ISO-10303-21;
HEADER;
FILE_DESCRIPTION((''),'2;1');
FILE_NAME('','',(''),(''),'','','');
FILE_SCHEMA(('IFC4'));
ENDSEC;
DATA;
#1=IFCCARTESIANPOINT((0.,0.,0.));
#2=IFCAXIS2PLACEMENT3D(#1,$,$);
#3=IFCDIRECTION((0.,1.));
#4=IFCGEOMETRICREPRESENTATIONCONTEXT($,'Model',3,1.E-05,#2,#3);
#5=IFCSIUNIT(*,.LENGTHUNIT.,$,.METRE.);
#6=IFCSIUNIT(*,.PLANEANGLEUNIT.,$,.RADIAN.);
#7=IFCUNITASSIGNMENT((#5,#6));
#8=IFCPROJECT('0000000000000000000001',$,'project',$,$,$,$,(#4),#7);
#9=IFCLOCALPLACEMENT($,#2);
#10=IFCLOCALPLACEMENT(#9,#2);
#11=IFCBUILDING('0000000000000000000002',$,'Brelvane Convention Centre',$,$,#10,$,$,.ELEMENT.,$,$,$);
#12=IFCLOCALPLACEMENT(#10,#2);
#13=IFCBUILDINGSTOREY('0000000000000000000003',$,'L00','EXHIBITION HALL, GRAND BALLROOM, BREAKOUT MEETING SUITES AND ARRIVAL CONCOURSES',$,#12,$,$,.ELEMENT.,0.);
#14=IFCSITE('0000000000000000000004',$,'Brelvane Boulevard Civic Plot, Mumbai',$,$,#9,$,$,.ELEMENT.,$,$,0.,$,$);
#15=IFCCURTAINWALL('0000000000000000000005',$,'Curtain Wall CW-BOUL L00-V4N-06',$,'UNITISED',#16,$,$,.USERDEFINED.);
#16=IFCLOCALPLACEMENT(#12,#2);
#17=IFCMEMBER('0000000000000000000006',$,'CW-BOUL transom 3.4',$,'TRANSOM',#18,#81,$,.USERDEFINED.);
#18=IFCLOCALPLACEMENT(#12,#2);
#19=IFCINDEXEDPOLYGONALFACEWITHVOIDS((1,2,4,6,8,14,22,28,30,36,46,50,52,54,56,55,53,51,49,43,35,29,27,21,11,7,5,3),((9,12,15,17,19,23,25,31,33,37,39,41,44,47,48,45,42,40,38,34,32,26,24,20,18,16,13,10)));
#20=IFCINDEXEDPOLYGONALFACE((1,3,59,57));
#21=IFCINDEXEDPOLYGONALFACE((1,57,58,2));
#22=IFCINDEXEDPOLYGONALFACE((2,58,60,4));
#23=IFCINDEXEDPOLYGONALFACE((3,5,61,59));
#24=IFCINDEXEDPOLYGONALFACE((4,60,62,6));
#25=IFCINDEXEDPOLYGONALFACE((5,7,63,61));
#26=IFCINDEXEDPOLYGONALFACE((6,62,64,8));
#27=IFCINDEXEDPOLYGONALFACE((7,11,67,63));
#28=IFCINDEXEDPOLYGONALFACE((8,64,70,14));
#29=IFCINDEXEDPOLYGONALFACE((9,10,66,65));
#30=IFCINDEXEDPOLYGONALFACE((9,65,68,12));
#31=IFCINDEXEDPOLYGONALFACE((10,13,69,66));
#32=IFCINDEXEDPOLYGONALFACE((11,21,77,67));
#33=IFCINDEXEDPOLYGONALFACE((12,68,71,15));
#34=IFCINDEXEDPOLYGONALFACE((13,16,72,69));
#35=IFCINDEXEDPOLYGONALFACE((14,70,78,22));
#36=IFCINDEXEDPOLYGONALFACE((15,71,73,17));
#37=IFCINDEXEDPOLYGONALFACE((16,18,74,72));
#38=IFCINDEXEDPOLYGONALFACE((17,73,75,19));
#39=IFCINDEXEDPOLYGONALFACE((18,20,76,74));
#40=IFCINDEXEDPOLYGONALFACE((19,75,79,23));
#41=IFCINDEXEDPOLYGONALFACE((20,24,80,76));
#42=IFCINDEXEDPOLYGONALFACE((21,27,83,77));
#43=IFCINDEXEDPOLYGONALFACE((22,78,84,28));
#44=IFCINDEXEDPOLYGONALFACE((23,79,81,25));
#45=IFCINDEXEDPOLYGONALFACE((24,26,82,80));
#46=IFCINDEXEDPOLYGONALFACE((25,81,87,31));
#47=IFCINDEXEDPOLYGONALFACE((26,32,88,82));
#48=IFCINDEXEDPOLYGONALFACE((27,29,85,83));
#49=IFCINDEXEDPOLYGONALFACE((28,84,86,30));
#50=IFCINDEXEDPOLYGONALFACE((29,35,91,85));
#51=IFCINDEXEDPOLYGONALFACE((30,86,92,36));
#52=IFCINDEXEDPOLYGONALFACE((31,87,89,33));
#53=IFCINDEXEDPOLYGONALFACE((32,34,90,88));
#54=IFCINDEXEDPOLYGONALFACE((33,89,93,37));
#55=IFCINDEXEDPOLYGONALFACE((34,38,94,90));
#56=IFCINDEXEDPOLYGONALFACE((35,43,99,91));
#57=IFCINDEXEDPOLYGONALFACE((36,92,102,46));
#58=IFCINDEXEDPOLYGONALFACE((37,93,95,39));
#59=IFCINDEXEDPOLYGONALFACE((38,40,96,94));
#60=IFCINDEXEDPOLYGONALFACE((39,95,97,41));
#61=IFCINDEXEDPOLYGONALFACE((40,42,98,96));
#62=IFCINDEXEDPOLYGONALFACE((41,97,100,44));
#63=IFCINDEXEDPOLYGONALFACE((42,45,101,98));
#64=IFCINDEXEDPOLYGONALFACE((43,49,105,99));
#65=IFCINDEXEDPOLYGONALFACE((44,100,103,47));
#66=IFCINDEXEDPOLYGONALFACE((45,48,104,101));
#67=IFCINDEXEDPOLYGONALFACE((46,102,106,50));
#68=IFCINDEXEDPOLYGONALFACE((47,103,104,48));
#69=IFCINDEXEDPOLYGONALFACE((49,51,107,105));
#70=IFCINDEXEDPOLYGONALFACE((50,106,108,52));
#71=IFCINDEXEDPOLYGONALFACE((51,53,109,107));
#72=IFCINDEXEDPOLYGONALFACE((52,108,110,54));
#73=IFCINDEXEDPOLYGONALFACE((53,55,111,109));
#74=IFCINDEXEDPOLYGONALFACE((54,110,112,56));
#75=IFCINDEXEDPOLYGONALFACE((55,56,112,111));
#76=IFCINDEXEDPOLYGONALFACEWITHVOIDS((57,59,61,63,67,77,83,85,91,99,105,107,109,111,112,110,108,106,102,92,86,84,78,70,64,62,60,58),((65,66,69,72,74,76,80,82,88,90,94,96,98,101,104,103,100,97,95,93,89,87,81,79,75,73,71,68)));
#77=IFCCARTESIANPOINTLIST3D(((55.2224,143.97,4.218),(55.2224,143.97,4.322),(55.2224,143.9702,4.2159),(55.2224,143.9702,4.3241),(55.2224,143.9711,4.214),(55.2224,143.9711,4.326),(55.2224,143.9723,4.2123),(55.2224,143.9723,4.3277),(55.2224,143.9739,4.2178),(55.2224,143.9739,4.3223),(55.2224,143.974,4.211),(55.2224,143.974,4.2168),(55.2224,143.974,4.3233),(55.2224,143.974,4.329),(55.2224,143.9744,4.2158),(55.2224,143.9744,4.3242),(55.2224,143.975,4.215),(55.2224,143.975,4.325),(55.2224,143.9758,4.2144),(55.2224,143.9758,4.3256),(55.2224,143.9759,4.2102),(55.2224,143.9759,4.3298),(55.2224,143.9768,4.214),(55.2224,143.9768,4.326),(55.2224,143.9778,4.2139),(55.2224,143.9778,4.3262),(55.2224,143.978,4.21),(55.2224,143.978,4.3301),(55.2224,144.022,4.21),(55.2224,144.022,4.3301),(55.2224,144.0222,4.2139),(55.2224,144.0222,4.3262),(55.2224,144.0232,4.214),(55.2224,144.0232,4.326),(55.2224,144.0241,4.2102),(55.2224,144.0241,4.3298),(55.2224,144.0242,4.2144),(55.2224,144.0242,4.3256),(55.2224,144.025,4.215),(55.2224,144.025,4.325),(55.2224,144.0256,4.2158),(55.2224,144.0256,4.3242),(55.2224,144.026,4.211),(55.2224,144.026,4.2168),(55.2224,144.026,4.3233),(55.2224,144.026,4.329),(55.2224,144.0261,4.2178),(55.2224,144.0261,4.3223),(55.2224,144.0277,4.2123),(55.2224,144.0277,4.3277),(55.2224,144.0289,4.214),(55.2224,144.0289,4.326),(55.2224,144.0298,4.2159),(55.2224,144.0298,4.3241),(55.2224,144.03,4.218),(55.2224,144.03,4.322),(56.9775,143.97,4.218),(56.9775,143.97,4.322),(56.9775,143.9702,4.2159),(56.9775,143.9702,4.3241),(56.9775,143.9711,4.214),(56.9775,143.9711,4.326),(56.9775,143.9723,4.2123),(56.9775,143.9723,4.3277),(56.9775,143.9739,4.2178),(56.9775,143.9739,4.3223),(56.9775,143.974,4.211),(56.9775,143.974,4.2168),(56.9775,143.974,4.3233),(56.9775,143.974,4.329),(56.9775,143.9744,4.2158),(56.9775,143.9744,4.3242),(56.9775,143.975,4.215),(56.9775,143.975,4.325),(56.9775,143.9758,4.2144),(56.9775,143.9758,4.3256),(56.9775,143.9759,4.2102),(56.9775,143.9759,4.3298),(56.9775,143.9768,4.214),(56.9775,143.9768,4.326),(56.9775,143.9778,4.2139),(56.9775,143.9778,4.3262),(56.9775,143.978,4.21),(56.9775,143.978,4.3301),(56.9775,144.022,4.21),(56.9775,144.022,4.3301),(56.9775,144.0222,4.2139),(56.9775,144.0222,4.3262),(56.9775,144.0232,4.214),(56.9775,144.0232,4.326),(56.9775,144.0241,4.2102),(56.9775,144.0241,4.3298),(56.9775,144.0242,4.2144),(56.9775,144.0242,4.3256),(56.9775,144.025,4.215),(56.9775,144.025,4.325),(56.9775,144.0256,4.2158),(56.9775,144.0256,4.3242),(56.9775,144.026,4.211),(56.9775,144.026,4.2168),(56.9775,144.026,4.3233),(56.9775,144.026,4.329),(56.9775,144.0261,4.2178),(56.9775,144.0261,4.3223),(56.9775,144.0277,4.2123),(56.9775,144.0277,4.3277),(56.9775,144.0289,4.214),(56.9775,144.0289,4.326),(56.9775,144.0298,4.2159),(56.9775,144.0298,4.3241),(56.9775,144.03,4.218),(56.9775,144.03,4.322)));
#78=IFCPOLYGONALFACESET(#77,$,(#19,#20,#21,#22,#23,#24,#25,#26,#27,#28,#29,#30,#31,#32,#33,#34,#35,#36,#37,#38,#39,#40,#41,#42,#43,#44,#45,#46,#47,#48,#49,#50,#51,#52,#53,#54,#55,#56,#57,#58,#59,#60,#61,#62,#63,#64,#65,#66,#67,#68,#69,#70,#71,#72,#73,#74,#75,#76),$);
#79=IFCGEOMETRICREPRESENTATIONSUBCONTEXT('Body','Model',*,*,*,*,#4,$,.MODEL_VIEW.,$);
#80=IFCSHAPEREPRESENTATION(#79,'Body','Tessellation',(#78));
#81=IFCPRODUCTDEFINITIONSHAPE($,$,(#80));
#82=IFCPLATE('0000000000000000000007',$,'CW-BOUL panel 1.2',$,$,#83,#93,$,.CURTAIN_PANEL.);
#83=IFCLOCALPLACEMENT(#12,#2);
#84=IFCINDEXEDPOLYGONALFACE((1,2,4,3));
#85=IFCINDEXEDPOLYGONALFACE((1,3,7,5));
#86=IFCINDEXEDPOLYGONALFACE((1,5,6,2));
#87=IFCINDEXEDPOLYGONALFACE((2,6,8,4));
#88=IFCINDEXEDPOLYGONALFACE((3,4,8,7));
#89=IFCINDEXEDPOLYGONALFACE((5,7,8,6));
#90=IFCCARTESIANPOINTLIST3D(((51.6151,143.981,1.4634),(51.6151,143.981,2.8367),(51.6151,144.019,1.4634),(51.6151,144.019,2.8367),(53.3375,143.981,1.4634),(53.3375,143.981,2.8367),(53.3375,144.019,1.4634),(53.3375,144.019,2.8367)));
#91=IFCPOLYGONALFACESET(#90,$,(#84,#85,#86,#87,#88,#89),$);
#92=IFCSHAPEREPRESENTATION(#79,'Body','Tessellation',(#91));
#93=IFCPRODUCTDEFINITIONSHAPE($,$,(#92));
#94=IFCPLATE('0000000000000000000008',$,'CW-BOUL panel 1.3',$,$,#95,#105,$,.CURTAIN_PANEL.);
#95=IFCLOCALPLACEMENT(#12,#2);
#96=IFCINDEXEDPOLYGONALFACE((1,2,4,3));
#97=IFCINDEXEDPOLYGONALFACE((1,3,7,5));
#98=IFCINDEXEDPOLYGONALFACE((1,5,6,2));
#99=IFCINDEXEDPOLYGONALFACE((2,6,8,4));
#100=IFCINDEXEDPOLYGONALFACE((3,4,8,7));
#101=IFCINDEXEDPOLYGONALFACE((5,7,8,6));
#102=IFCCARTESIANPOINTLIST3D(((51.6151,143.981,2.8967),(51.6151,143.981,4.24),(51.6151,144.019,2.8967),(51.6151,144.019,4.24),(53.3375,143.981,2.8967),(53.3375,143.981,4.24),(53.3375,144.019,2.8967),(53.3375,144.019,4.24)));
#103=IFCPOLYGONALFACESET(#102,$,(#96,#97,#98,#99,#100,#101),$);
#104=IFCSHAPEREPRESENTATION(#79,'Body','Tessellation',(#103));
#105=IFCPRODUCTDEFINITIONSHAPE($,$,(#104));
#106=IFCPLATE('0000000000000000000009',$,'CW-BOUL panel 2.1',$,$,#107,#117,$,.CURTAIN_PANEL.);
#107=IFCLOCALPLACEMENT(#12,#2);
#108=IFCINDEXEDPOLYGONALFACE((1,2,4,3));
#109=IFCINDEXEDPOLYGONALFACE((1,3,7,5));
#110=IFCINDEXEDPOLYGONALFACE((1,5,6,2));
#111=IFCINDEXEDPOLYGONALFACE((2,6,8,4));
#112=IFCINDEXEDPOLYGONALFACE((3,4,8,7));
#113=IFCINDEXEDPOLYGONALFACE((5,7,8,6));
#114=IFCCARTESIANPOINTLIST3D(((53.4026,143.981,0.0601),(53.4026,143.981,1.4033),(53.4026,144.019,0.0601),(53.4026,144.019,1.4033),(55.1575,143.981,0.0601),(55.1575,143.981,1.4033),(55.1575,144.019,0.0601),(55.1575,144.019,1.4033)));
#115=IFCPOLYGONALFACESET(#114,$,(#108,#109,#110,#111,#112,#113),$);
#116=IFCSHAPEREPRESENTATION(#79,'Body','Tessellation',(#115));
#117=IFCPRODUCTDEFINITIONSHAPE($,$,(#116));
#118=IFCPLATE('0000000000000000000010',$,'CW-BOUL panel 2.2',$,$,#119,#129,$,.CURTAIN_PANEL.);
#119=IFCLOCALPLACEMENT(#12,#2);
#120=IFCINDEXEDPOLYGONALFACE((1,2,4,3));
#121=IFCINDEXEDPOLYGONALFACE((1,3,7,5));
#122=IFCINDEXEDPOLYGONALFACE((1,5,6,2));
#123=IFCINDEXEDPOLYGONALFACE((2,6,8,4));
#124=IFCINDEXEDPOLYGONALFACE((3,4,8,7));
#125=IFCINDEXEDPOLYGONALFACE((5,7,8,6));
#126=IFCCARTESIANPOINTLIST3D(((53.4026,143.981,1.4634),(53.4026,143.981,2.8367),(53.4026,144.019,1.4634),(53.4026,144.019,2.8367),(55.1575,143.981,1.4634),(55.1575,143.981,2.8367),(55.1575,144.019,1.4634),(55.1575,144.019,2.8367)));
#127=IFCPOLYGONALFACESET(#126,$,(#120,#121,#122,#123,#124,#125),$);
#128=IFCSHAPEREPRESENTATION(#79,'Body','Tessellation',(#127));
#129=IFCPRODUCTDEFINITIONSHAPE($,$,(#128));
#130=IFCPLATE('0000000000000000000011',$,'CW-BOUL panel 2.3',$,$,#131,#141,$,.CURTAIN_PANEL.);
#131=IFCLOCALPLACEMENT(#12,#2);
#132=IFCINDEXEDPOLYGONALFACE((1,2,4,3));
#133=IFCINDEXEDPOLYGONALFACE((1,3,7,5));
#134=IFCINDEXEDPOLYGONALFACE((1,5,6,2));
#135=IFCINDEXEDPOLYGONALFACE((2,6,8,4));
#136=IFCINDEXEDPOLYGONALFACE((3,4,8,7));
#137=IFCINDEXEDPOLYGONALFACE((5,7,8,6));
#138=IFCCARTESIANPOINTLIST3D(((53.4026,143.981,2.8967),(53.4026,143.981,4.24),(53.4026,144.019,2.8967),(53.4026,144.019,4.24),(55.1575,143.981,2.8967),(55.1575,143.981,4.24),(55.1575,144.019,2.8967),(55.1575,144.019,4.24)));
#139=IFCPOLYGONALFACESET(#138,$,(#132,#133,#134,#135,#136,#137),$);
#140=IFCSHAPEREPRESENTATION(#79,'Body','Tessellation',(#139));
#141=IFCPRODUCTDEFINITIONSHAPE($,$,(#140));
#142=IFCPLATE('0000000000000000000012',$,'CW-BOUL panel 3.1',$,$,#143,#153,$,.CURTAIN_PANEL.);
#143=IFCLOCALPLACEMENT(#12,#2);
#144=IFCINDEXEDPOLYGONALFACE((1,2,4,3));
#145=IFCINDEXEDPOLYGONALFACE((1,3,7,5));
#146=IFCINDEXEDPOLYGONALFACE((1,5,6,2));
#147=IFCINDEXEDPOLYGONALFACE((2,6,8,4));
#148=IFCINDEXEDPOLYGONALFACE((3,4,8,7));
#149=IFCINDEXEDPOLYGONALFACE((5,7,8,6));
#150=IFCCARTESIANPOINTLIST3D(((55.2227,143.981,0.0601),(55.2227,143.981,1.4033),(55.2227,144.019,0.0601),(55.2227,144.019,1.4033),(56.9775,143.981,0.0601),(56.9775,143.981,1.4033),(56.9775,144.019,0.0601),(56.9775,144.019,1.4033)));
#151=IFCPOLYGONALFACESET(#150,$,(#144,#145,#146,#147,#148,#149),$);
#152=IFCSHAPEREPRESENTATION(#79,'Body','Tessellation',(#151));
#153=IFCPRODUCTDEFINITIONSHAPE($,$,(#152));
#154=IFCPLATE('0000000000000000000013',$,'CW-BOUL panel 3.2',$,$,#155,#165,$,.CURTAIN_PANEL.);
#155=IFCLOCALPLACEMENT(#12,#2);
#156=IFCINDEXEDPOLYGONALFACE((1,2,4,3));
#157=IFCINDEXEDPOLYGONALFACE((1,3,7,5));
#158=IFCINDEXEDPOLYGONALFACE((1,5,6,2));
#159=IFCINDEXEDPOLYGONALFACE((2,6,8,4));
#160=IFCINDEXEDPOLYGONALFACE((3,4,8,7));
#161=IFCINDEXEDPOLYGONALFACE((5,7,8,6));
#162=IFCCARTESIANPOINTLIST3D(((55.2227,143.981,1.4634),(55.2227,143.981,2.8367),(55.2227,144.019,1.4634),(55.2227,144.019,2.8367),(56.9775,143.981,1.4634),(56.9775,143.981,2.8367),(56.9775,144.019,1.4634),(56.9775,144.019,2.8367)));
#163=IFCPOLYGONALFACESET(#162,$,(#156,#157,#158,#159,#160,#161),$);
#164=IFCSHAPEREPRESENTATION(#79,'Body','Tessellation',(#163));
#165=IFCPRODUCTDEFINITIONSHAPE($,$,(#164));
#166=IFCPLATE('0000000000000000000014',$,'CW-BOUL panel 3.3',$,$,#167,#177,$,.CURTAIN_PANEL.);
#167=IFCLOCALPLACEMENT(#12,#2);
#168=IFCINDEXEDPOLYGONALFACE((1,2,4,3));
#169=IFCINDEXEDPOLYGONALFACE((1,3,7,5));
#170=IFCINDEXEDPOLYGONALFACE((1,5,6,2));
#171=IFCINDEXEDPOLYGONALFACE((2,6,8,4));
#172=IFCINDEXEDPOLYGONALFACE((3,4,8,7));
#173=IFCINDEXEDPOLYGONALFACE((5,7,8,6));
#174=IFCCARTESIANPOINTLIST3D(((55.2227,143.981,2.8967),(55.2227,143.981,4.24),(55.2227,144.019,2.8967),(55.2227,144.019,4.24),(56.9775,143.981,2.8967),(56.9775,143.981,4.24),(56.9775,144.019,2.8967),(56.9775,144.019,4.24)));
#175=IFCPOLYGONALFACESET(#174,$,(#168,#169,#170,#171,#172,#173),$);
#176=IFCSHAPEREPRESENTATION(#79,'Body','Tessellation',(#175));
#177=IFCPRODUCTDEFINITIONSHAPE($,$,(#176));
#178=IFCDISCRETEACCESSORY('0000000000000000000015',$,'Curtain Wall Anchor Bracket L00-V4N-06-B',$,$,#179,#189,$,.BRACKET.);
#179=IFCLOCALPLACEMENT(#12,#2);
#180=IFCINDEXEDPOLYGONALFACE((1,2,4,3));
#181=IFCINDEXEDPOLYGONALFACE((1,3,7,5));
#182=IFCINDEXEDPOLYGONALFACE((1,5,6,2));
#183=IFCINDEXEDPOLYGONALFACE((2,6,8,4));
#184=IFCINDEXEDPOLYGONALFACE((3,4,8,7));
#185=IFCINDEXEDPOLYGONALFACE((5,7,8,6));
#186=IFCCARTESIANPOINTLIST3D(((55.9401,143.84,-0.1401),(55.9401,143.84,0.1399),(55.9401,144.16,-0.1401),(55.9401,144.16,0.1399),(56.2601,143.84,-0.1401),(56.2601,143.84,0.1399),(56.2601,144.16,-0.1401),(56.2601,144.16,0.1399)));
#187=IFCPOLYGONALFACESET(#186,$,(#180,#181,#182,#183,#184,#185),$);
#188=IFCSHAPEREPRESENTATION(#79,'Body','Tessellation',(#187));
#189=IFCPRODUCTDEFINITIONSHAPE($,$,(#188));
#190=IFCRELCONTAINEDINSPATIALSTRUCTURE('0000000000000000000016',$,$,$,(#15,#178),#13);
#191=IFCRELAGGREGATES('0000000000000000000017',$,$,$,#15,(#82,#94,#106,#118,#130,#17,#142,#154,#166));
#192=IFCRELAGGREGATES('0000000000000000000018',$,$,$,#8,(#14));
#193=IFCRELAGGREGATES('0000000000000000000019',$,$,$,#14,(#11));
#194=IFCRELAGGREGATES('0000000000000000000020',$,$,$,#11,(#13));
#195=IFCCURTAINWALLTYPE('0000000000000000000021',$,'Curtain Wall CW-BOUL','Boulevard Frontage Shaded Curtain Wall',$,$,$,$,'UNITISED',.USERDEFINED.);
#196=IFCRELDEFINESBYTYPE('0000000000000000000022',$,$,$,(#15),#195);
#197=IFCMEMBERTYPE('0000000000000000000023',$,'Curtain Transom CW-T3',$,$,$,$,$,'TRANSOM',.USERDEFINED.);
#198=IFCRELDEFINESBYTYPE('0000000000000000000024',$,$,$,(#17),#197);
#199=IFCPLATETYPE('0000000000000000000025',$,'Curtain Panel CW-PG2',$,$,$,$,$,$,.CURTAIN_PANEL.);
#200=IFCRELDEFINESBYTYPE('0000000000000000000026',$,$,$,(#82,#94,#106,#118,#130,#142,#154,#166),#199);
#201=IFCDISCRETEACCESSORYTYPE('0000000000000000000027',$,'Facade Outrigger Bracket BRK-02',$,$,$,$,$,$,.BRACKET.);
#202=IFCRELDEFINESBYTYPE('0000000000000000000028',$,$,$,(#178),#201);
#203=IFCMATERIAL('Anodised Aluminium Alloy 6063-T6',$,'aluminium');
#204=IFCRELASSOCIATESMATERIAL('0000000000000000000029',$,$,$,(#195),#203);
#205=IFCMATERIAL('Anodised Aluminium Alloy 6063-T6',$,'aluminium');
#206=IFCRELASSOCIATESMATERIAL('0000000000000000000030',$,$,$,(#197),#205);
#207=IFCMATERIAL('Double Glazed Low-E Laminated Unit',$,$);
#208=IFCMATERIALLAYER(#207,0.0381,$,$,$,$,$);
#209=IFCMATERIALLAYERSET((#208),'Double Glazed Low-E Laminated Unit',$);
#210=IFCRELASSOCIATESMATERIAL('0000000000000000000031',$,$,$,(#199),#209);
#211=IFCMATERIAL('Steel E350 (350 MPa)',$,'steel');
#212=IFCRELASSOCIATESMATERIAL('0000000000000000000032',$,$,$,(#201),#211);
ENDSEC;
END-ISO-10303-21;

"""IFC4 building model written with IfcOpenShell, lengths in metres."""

from ifc_helpers import new_model, si_unit, direction, frame, origin, origin_2d, place, context, subcontext, project, spatial, rectangle, hollow_rectangle, extrude, material, layer, layer_set, material_profile, profile_set, type_object, element, aggregate, save


model = new_model("IFC4")

# Units and contexts
model_context = context("Model", 3, precision=1e-05, world=origin(), true_north=direction((0.0, 1.0)))
body_context = subcontext(model_context, "Body", "Model", "MODEL_VIEW")
ifc_project = project(units=[si_unit("LENGTHUNIT", "METRE"), si_unit("PLANEANGLEUNIT", "RADIAN")], contexts=[model_context])

# Site, building, storey
site_placement = place(None, origin())
site = spatial("IfcSite", under=ifc_project, at=site_placement, Name="Brelvane Boulevard Civic Plot, Mumbai", CompositionType="ELEMENT", RefElevation=0.0)
building_placement = place(site_placement, origin())
building = spatial("IfcBuilding", under=site, at=building_placement, Name="Brelvane Convention Centre", CompositionType="ELEMENT")
storey_placement = place(building_placement, origin())
storey = spatial("IfcBuildingStorey", under=building, at=storey_placement, Name="L00", Description="EXHIBITION HALL, GRAND BALLROOM, BREAKOUT MEETING SUITES AND ARRIVAL CONCOURSES", CompositionType="ELEMENT", Elevation=0.0)

# Curtain wall, member, plates
ifc_material_1 = material(Name="Anodised Aluminium Alloy 6063-T6", Category="aluminium")
curtain_wall_type = type_object("IfcCurtainWallType", Name="Curtain Wall CW-BOUL", Description="Boulevard Frontage Shaded Curtain Wall", ElementType="UNITISED", PredefinedType="USERDEFINED", material=ifc_material_1)
curtain_wall_placement = place(storey_placement, origin())
curtain_wall = element("IfcCurtainWall", 1, at=curtain_wall_placement, inside=storey, type_object=curtain_wall_type, Name="Curtain Wall CW-BOUL L00-V4N-06", ObjectType="UNITISED", PredefinedType="USERDEFINED")
ifc_material_2 = material(Name="Anodised Aluminium Alloy 6063-T6", Category="aluminium")
ifc_material_profile_1 = material_profile(ifc_material_2, hollow_rectangle(XDim=0.0601, YDim=0.1201, WallThickness=0.0039, InnerFilletRadius=0.0039, OuterFilletRadius=0.0081, at=origin_2d()), Name="ALU-T 120x60x4.0")
ifc_profile_set_1 = profile_set([ifc_material_profile_1], Name="Anodised Aluminium Alloy 6063-T6")
member_type_1 = type_object("IfcMemberType", Name="Curtain Transom CW-T3", ElementType="TRANSOM", PredefinedType="USERDEFINED", material=ifc_profile_set_1)
member_1_placement = place(storey_placement, frame((55.2224, 144.0, 4.27), z_axis=(1.0, 0.0, 0.0), x_axis=(0.0, 1.0, 0.0)))
member_1 = element("IfcMember", 2, at=member_1_placement, type_object=member_type_1, Name="CW-BOUL transom 3.4", ObjectType="TRANSOM", PredefinedType="USERDEFINED", context=body_context, shape_type="SweptSolid", body=[
    extrude(hollow_rectangle(XDim=0.0601, YDim=0.1201, WallThickness=0.0039, InnerFilletRadius=0.0039, OuterFilletRadius=0.0081, at=origin_2d()), origin(), (0.0, 0.0, 1.0), 1.7551),
])
ifc_material_3 = material(Name="Double Glazed Low-E Laminated Unit")
ifc_layer = layer(ifc_material_3, 0.0381)
ifc_layer_set = layer_set([ifc_layer], Name="Double Glazed Low-E Laminated Unit")
plate_type = type_object("IfcPlateType", Name="Curtain Panel CW-PG2", PredefinedType="CURTAIN_PANEL", material=ifc_layer_set)
plate_1_placement = place(storey_placement, frame((52.4763, 144.0, 1.4634), z_axis=(0.0, 0.0, 1.0), x_axis=(1.0, 0.0, 0.0)))
plate_1 = element("IfcPlate", 3, at=plate_1_placement, type_object=plate_type, Name="CW-BOUL panel 1.2", PredefinedType="CURTAIN_PANEL", context=body_context, shape_type="SweptSolid", body=[
    extrude(rectangle(XDim=1.7224, YDim=0.0381, at=origin_2d()), origin(), (0.0, 0.0, 1.0), 1.3733),
])
plate_2_placement = place(storey_placement, frame((52.4763, 144.0, 2.8967), z_axis=(0.0, 0.0, 1.0), x_axis=(1.0, 0.0, 0.0)))
plate_2 = element("IfcPlate", 4, at=plate_2_placement, type_object=plate_type, Name="CW-BOUL panel 1.3", PredefinedType="CURTAIN_PANEL", context=body_context, shape_type="SweptSolid", body=[
    extrude(rectangle(XDim=1.7224, YDim=0.0381, at=origin_2d()), origin(), (0.0, 0.0, 1.0), 1.3433),
])
plate_3_placement = place(storey_placement, frame((54.28, 144.0, 0.0601), z_axis=(0.0, 0.0, 1.0), x_axis=(1.0, 0.0, 0.0)))
plate_3 = element("IfcPlate", 5, at=plate_3_placement, type_object=plate_type, Name="CW-BOUL panel 2.1", PredefinedType="CURTAIN_PANEL", context=body_context, shape_type="SweptSolid", body=[
    extrude(rectangle(XDim=1.7549, YDim=0.0381, at=origin_2d()), origin(), (0.0, 0.0, 1.0), 1.3433),
])
plate_4_placement = place(storey_placement, frame((54.28, 144.0, 1.4634), z_axis=(0.0, 0.0, 1.0), x_axis=(1.0, 0.0, 0.0)))
plate_4 = element("IfcPlate", 6, at=plate_4_placement, type_object=plate_type, Name="CW-BOUL panel 2.2", PredefinedType="CURTAIN_PANEL", context=body_context, shape_type="SweptSolid", body=[
    extrude(rectangle(XDim=1.7549, YDim=0.0381, at=origin_2d()), origin(), (0.0, 0.0, 1.0), 1.3733),
])
plate_5_placement = place(storey_placement, frame((54.28, 144.0, 2.8967), z_axis=(0.0, 0.0, 1.0), x_axis=(1.0, 0.0, 0.0)))
plate_5 = element("IfcPlate", 7, at=plate_5_placement, type_object=plate_type, Name="CW-BOUL panel 2.3", PredefinedType="CURTAIN_PANEL", context=body_context, shape_type="SweptSolid", body=[
    extrude(rectangle(XDim=1.7549, YDim=0.0381, at=origin_2d()), origin(), (0.0, 0.0, 1.0), 1.3433),
])
plate_6_placement = place(storey_placement, frame((56.1001, 144.0, 0.0601), z_axis=(0.0, 0.0, 1.0), x_axis=(1.0, 0.0, 0.0)))
plate_6 = element("IfcPlate", 8, at=plate_6_placement, type_object=plate_type, Name="CW-BOUL panel 3.1", PredefinedType="CURTAIN_PANEL", context=body_context, shape_type="SweptSolid", body=[
    extrude(rectangle(XDim=1.7549, YDim=0.0381, at=origin_2d()), origin(), (0.0, 0.0, 1.0), 1.3433),
])
plate_7_placement = place(storey_placement, frame((56.1001, 144.0, 1.4634), z_axis=(0.0, 0.0, 1.0), x_axis=(1.0, 0.0, 0.0)))
plate_7 = element("IfcPlate", 9, at=plate_7_placement, type_object=plate_type, Name="CW-BOUL panel 3.2", PredefinedType="CURTAIN_PANEL", context=body_context, shape_type="SweptSolid", body=[
    extrude(rectangle(XDim=1.7549, YDim=0.0381, at=origin_2d()), origin(), (0.0, 0.0, 1.0), 1.3733),
])
plate_8_placement = place(storey_placement, frame((56.1001, 144.0, 2.8967), z_axis=(0.0, 0.0, 1.0), x_axis=(1.0, 0.0, 0.0)))
plate_8 = element("IfcPlate", 10, at=plate_8_placement, type_object=plate_type, Name="CW-BOUL panel 3.3", PredefinedType="CURTAIN_PANEL", context=body_context, shape_type="SweptSolid", body=[
    extrude(rectangle(XDim=1.7549, YDim=0.0381, at=origin_2d()), origin(), (0.0, 0.0, 1.0), 1.3433),
])
aggregate(curtain_wall, [plate_1, plate_2, plate_3, plate_4, plate_5, member_1, plate_6, plate_7, plate_8])

# Discrete accessory
ifc_material_4 = material(Name="Steel E350 (350 MPa)", Category="steel")
discrete_accessory_type = type_object("IfcDiscreteAccessoryType", Name="Facade Outrigger Bracket BRK-02", PredefinedType="BRACKET", material=ifc_material_4)
discrete_accessory_placement = place(storey_placement, frame((56.1001, 144.0, -0.1401), z_axis=(0.0, 0.0, 1.0), x_axis=(1.0, 0.0, 0.0)))
element("IfcDiscreteAccessory", 11, at=discrete_accessory_placement, inside=storey, type_object=discrete_accessory_type, Name="Curtain Wall Anchor Bracket L00-V4N-06-B", PredefinedType="BRACKET", context=body_context, shape_type="SweptSolid", body=[
    extrude(rectangle(XDim=0.3201, YDim=0.3201, at=origin_2d()), origin(), (0.0, 0.0, 1.0), 0.28),
])

save(model, "model.ifc")
